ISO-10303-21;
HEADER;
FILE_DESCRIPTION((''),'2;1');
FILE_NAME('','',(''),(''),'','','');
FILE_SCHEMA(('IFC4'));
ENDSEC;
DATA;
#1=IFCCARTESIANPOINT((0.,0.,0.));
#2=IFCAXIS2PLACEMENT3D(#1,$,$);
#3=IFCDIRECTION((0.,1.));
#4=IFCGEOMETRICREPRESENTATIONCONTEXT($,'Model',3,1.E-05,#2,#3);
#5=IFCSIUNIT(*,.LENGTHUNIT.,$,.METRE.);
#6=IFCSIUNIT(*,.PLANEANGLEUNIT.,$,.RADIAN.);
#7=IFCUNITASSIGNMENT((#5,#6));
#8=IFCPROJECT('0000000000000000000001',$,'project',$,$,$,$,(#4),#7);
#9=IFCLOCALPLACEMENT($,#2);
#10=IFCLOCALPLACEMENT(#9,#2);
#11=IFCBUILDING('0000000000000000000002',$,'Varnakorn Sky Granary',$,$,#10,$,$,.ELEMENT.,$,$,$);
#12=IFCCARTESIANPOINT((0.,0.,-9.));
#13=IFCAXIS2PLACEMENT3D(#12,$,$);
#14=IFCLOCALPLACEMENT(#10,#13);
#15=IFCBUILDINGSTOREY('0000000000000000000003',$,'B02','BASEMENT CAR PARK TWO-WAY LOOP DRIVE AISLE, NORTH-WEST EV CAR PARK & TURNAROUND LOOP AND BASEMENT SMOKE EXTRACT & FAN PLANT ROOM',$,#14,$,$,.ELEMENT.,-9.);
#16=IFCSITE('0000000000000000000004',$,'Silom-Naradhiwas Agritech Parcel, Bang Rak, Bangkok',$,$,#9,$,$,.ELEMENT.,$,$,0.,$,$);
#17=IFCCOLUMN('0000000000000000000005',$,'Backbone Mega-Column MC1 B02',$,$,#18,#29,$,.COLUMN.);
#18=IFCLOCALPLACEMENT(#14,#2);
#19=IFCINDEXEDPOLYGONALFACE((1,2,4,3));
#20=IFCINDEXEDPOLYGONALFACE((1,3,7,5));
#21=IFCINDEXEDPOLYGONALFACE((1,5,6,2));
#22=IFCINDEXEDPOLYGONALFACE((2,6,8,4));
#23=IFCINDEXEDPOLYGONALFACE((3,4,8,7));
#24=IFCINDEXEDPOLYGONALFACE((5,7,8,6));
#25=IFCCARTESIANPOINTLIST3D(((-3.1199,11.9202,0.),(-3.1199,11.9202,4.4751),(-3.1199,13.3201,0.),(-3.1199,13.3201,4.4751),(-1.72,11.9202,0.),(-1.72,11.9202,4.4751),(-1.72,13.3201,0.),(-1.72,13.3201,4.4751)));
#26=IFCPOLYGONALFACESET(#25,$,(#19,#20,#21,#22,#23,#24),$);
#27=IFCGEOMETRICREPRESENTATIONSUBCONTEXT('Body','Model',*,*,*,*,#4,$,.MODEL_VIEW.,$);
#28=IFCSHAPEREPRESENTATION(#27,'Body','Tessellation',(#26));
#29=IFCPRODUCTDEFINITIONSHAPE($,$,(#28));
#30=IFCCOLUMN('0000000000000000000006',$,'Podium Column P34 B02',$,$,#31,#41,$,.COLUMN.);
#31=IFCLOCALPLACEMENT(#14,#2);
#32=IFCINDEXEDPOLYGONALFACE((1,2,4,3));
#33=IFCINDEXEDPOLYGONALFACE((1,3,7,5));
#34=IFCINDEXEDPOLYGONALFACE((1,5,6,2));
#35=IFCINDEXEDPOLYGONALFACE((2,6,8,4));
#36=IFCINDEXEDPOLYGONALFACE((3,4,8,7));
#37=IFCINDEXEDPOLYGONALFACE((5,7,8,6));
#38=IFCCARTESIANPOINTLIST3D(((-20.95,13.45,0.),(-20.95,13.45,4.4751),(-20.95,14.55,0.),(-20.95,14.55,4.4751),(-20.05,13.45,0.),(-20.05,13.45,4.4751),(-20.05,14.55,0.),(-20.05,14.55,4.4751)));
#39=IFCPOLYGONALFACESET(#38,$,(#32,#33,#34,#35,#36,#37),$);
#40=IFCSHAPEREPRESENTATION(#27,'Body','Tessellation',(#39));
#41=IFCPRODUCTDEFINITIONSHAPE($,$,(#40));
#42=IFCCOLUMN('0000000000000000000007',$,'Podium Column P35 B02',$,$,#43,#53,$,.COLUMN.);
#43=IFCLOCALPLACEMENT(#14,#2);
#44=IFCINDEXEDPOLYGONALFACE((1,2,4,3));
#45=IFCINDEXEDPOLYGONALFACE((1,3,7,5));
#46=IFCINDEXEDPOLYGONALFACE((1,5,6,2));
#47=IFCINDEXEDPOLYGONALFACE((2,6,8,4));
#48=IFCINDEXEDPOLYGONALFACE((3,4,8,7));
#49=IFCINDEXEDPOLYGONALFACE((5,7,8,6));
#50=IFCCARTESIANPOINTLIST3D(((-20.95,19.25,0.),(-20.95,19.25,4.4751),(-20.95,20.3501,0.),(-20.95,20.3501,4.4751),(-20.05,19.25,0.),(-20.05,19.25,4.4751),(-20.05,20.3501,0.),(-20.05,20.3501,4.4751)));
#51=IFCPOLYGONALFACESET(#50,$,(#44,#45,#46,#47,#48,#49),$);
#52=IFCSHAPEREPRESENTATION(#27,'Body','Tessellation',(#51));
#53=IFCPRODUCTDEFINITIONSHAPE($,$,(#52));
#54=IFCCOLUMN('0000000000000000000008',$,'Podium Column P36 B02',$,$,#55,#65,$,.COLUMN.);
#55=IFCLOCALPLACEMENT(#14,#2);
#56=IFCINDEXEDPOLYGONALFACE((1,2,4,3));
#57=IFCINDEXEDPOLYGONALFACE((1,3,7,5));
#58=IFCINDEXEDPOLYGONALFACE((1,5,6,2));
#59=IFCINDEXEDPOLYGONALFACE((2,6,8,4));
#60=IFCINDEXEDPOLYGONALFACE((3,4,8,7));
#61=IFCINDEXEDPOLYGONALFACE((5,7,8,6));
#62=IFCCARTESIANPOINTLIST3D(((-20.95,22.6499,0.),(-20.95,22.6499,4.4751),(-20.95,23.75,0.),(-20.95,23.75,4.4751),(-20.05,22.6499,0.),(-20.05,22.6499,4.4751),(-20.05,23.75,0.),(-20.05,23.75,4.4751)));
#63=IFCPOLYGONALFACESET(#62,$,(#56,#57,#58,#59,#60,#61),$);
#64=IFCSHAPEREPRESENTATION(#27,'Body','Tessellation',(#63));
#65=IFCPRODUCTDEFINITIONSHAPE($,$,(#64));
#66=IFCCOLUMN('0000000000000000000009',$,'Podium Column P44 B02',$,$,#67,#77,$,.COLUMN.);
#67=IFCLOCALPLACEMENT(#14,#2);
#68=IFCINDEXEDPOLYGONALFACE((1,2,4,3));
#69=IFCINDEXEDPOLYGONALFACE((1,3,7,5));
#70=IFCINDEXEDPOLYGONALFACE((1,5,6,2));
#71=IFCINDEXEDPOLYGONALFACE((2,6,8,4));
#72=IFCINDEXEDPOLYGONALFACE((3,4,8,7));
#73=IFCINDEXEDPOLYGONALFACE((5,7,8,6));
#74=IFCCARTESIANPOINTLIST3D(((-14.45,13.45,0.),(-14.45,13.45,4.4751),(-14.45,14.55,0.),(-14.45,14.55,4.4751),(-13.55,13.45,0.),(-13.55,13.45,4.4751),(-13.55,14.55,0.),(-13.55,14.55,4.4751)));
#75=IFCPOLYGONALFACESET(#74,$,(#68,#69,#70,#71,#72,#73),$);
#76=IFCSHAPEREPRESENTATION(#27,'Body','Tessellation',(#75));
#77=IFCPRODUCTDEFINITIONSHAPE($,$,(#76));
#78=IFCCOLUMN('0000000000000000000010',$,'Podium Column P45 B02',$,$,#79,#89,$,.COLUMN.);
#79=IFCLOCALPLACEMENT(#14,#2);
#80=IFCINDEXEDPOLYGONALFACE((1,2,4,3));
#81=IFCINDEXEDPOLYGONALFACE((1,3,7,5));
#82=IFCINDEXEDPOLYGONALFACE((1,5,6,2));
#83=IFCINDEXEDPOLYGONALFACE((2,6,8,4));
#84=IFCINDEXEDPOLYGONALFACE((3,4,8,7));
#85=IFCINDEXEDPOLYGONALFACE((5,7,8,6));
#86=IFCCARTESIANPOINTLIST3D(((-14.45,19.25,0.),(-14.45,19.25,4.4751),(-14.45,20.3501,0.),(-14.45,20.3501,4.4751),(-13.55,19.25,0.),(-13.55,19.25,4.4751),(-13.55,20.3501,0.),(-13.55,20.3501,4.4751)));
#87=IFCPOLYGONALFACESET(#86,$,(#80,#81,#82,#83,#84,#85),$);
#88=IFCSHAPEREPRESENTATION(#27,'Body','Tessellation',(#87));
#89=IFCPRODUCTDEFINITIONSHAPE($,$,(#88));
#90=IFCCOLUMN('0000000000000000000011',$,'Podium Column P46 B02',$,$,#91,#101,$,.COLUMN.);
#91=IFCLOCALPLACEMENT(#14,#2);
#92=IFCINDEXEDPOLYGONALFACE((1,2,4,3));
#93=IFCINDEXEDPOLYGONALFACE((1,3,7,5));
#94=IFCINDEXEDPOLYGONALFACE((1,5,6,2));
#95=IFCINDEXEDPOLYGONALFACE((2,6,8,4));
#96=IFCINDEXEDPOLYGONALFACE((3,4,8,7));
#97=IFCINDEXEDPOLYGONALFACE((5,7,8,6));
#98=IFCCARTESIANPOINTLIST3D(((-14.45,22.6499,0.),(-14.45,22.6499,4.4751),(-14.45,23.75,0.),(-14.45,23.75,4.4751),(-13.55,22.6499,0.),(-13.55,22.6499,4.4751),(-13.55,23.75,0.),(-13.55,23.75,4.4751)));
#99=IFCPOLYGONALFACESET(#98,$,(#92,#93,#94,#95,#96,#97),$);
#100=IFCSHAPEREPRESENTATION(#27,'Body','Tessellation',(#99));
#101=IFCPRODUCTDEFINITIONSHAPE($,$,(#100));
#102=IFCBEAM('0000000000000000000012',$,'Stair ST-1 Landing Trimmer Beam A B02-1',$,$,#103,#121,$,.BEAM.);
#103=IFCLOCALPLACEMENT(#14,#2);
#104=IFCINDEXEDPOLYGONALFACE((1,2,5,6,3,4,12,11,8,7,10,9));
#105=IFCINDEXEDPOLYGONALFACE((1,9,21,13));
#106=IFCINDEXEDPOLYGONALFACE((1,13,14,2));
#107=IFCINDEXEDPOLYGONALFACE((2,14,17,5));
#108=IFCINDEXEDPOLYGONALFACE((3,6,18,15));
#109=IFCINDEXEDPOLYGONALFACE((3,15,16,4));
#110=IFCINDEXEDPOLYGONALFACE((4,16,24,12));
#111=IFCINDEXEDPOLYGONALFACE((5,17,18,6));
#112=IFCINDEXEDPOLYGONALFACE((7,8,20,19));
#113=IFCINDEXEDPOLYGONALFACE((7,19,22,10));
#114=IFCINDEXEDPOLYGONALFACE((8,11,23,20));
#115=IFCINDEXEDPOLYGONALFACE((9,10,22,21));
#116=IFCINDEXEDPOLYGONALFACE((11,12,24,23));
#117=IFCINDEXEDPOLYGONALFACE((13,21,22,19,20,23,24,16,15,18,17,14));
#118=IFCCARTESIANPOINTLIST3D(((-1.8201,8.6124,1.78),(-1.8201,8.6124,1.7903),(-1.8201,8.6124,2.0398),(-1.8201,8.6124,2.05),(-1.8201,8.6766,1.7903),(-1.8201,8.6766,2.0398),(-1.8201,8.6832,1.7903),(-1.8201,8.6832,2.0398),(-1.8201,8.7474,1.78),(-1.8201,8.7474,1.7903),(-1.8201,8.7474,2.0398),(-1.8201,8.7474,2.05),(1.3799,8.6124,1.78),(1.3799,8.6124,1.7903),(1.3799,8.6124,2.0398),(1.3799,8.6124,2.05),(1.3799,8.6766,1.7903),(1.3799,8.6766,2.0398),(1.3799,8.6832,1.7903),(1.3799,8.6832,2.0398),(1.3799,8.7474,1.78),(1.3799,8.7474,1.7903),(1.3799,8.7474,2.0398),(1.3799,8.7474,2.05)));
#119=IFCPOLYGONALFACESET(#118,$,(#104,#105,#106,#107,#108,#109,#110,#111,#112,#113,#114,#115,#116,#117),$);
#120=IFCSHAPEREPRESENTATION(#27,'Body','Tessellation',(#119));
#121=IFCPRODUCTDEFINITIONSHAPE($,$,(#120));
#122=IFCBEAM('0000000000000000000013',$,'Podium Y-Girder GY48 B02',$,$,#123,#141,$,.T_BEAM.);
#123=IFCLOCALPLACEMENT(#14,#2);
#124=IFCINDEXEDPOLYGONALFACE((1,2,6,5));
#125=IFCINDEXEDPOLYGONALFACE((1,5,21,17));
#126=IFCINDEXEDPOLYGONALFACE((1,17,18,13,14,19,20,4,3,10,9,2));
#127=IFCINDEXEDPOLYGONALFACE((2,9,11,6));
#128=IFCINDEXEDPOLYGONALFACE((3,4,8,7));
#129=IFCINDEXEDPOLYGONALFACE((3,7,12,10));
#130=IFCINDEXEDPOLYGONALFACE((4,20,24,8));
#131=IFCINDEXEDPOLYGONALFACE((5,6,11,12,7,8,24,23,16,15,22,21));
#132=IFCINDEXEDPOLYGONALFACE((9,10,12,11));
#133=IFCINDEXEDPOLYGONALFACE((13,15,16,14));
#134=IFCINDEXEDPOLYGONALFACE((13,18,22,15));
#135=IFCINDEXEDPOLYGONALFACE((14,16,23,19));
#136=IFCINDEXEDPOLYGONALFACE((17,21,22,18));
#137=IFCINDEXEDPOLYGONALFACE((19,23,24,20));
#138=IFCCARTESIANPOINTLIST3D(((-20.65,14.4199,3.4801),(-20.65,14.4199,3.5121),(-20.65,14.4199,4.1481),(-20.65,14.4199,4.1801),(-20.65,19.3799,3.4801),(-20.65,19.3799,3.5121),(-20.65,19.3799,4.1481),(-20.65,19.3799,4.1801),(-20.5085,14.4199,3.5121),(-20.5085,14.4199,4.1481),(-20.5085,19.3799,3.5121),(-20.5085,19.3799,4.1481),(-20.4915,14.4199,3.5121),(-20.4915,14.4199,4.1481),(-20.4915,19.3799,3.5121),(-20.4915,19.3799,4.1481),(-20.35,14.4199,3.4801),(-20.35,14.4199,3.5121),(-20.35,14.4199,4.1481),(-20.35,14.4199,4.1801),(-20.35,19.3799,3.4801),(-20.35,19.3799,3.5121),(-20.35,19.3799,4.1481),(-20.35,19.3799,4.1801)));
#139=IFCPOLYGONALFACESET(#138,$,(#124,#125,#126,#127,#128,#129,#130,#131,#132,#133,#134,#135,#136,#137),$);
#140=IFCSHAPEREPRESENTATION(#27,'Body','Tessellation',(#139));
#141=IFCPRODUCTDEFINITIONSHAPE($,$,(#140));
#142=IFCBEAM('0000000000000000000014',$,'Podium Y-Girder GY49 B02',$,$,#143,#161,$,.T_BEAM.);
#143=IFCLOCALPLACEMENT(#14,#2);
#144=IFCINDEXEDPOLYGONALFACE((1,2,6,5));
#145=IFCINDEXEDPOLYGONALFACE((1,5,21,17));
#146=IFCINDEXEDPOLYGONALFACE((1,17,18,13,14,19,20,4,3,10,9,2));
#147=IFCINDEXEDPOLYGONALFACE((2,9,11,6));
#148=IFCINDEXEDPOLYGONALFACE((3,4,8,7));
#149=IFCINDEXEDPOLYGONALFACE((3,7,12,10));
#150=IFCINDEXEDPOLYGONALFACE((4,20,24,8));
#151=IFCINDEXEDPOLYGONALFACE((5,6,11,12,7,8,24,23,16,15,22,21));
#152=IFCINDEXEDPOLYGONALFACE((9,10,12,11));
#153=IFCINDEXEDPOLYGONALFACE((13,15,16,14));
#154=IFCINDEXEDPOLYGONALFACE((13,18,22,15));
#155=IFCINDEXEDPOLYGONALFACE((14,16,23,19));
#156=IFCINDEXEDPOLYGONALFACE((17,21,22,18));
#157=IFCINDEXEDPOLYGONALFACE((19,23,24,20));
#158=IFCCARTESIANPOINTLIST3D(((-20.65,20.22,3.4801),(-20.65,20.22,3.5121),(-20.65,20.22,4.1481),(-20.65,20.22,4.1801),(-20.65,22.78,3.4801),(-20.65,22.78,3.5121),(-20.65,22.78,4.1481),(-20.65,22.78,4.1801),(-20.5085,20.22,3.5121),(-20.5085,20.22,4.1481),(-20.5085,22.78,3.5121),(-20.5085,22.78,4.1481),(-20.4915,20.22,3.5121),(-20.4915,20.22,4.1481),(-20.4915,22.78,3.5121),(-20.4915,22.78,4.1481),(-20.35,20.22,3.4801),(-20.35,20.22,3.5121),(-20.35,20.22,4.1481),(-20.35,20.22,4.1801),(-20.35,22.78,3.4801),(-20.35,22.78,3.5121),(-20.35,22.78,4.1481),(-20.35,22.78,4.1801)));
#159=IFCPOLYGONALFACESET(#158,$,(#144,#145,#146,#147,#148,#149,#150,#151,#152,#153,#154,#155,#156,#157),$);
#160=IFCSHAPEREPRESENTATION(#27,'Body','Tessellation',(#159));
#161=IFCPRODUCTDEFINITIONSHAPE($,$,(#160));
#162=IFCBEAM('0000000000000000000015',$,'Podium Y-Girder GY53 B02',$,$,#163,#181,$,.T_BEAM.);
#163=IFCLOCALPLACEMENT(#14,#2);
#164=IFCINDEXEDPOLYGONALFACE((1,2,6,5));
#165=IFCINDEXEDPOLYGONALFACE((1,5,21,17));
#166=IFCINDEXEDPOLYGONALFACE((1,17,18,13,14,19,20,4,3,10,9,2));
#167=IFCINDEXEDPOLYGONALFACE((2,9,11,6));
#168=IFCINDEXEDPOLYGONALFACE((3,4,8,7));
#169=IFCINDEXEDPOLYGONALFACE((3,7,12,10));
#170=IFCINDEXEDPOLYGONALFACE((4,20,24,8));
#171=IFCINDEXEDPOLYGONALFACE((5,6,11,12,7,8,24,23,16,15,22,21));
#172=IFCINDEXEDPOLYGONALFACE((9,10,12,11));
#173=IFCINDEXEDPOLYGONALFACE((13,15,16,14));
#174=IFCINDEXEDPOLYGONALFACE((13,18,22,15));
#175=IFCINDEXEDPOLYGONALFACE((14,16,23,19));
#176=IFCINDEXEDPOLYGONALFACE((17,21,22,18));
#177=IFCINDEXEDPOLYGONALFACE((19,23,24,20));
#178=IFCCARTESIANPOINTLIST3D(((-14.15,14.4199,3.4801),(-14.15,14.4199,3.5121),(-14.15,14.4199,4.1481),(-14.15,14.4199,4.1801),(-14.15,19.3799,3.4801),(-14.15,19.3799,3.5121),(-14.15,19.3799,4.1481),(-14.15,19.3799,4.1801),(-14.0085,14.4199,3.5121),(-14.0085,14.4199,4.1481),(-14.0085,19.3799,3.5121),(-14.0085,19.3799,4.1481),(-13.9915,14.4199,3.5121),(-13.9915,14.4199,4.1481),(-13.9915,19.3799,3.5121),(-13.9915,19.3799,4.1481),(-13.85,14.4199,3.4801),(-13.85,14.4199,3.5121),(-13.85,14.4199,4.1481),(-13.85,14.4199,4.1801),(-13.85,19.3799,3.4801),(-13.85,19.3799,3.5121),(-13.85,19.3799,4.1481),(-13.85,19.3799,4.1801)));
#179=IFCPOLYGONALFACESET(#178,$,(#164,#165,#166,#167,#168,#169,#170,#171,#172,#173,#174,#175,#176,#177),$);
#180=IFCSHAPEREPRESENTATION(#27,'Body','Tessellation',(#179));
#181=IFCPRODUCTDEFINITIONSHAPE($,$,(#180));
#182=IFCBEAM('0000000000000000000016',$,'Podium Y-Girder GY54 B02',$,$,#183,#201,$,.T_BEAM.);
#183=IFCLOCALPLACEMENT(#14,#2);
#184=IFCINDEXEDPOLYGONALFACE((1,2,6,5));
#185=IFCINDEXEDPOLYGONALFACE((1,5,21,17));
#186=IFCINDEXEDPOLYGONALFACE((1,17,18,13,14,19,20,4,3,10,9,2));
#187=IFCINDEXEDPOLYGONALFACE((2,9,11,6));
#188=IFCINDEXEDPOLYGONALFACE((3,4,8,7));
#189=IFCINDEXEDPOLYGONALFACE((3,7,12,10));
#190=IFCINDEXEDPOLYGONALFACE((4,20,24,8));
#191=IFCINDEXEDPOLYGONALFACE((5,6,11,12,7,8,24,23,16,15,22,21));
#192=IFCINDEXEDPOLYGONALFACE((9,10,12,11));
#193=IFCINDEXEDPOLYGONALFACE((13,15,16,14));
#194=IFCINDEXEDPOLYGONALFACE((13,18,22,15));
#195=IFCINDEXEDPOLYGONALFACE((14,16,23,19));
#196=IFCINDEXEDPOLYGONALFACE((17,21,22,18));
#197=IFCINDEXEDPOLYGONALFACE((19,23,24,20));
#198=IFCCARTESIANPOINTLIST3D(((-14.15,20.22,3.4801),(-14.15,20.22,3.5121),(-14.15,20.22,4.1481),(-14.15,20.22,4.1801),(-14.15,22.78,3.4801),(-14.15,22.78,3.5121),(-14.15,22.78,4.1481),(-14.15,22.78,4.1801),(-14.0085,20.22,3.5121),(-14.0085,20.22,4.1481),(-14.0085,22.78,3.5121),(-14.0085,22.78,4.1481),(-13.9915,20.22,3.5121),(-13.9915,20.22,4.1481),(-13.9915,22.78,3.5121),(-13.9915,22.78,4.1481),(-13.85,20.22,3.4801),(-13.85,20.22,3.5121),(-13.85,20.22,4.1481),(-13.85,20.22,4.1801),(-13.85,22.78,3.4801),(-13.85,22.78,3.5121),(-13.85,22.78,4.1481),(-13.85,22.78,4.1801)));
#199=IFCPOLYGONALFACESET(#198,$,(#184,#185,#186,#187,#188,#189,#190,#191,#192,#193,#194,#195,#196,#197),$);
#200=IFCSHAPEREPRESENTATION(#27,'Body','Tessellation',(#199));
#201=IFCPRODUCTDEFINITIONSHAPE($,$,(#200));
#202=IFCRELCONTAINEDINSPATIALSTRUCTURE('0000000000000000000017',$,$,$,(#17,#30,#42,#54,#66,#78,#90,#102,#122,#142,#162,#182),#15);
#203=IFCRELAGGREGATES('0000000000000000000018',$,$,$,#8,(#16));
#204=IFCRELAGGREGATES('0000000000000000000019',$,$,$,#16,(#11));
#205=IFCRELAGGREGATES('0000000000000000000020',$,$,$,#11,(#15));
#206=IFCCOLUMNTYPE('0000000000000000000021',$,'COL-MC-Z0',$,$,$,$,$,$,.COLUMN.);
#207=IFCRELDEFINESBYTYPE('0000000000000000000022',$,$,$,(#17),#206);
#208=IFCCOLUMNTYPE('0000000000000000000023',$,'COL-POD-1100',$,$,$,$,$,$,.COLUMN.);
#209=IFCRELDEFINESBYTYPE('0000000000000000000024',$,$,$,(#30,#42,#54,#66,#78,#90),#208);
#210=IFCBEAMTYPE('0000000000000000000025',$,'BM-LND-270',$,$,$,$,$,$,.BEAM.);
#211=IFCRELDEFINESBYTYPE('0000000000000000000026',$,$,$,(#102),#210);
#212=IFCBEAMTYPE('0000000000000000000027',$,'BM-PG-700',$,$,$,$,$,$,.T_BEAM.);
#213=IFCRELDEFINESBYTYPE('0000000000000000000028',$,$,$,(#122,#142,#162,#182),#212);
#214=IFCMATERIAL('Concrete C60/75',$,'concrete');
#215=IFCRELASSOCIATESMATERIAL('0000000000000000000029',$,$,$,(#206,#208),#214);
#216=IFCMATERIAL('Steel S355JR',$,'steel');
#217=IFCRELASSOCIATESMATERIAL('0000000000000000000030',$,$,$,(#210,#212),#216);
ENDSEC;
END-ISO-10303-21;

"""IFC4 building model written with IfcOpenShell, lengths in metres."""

from ifc_helpers import new_model, si_unit, direction, frame, origin, origin_2d, place, context, subcontext, project, spatial, rectangle, i_section, extrude, material, material_profile, profile_set, type_object, element, save


model = new_model("IFC4")

# Units and contexts
model_context = context("Model", 3, precision=1e-05, world=origin(), true_north=direction((0.0, 1.0)))
body_context = subcontext(model_context, "Body", "Model", "MODEL_VIEW")
ifc_project = project(units=[si_unit("LENGTHUNIT", "METRE"), si_unit("PLANEANGLEUNIT", "RADIAN")], contexts=[model_context])

# Site, building, storey
site_placement = place(None, origin())
site = spatial("IfcSite", under=ifc_project, at=site_placement, Name="Silom-Naradhiwas Agritech Parcel, Bang Rak, Bangkok", CompositionType="ELEMENT", RefElevation=0.0)
building_placement = place(site_placement, origin())
building = spatial("IfcBuilding", under=site, at=building_placement, Name="Varnakorn Sky Granary", CompositionType="ELEMENT")
storey_placement = place(building_placement, frame((0.0, 0.0, -9.0)))
storey = spatial("IfcBuildingStorey", under=building, at=storey_placement, Name="B02", Description="BASEMENT CAR PARK TWO-WAY LOOP DRIVE AISLE, NORTH-WEST EV CAR PARK & TURNAROUND LOOP AND BASEMENT SMOKE EXTRACT & FAN PLANT ROOM", CompositionType="ELEMENT", Elevation=-9.0)

# Columns
ifc_material_1 = material(Name="Concrete C60/75", Category="concrete")
ifc_material_profile_1 = material_profile(ifc_material_1, rectangle(XDim=1.3999, YDim=1.3999, at=origin_2d()), Name="RC 1400x1400")
ifc_profile_set_1 = profile_set([ifc_material_profile_1], Name="Concrete C60/75")
column_type_1 = type_object("IfcColumnType", Name="COL-MC-Z0", PredefinedType="COLUMN", material=ifc_profile_set_1)
column_placement = place(storey_placement, frame((-2.4199, 12.6201, 0.0), z_axis=(0.0, 0.0, 1.0), x_axis=(1.0, 0.0, 0.0)))
element("IfcColumn", 1, at=column_placement, inside=storey, type_object=column_type_1, Name="Backbone Mega-Column MC1 B02", PredefinedType="COLUMN", context=body_context, shape_type="SweptSolid", body=[
    extrude(rectangle(XDim=1.3999, YDim=1.3999, at=origin_2d()), origin(), (0.0, 0.0, 1.0), 4.4751),
])
ifc_material_profile_2 = material_profile(ifc_material_1, rectangle(XDim=0.8999, YDim=1.1001, at=origin_2d()), Name="RC 900x1100")
ifc_profile_set_2 = profile_set([ifc_material_profile_2], Name="Concrete C60/75")
column_type_2 = type_object("IfcColumnType", Name="COL-POD-1100", PredefinedType="COLUMN", material=ifc_profile_set_2)
for number, where, z_axis, x_axis, name in (
    (2, (-20.5, 14.0, 0.0), (0.0, 0.0, 1.0), (1.0, 0.0, 0.0), "Podium Column P34 B02"),
    (3, (-20.5, 19.8, 0.0), (0.0, 0.0, 1.0), (1.0, 0.0, 0.0), "Podium Column P35 B02"),
    (4, (-20.5, 23.2, 0.0), (0.0, 0.0, 1.0), (1.0, 0.0, 0.0), "Podium Column P36 B02"),
    (5, (-14.0, 14.0, 0.0), (0.0, 0.0, 1.0), (1.0, 0.0, 0.0), "Podium Column P44 B02"),
    (6, (-14.0, 19.8, 0.0), (0.0, 0.0, 1.0), (1.0, 0.0, 0.0), "Podium Column P45 B02"),
    (7, (-14.0, 23.2, 0.0), (0.0, 0.0, 1.0), (1.0, 0.0, 0.0), "Podium Column P46 B02"),
):
    element("IfcColumn", number, at=place(storey_placement, frame(where, z_axis=z_axis, x_axis=x_axis)), inside=storey, type_object=column_type_2, Name=name, PredefinedType="COLUMN", context=body_context, shape_type="SweptSolid", body=[
        extrude(rectangle(XDim=0.8999, YDim=1.1001, at=origin_2d()), origin(), (0.0, 0.0, 1.0), 4.4751),
    ])

# Beams
ifc_material_2 = material(Name="Steel S355JR", Category="steel")
ifc_material_profile_3 = material_profile(ifc_material_2, i_section(OverallWidth=0.135, OverallDepth=0.27, WebThickness=0.0066, FlangeThickness=0.0103, at=origin_2d()), Name="IPE 270")
ifc_profile_set_3 = profile_set([ifc_material_profile_3], Name="Steel S355JR")
beam_type_1 = type_object("IfcBeamType", Name="BM-LND-270", PredefinedType="BEAM", material=ifc_profile_set_3)
beam_1_placement = place(storey_placement, frame((-1.8201, 8.6799, 1.915), z_axis=(1.0, 0.0, 0.0), x_axis=(0.0, 1.0, 0.0)))
element("IfcBeam", 8, at=beam_1_placement, inside=storey, type_object=beam_type_1, Name="Stair ST-1 Landing Trimmer Beam A B02-1", PredefinedType="BEAM", context=body_context, shape_type="SweptSolid", body=[
    extrude(i_section(OverallWidth=0.135, OverallDepth=0.27, WebThickness=0.0066, FlangeThickness=0.0103, at=origin_2d()), origin(), (0.0, 0.0, 1.0), 3.2),
])
ifc_material_profile_4 = material_profile(ifc_material_2, i_section(OverallWidth=0.3, OverallDepth=0.7, WebThickness=0.0171, FlangeThickness=0.032, at=origin_2d()), Name="HE 700 B")
ifc_profile_set_4 = profile_set([ifc_material_profile_4], Name="Steel S355JR")
beam_type_2 = type_object("IfcBeamType", Name="BM-PG-700", PredefinedType="T_BEAM", material=ifc_profile_set_4)
beam_2_placement = place(storey_placement, frame((-20.5, 14.4199, 3.8301), z_axis=(0.0, 1.0, 0.0), x_axis=(-1.0, 0.0, 0.0)))
element("IfcBeam", 9, at=beam_2_placement, inside=storey, type_object=beam_type_2, Name="Podium Y-Girder GY48 B02", PredefinedType="T_BEAM", context=body_context, shape_type="SweptSolid", body=[
    extrude(i_section(OverallWidth=0.3, OverallDepth=0.7, WebThickness=0.0171, FlangeThickness=0.032, at=origin_2d()), origin(), (0.0, 0.0, 1.0), 4.96),
])
beam_3_placement = place(storey_placement, frame((-20.5, 20.22, 3.8301), z_axis=(0.0, 1.0, 0.0), x_axis=(-1.0, 0.0, 0.0)))
element("IfcBeam", 10, at=beam_3_placement, inside=storey, type_object=beam_type_2, Name="Podium Y-Girder GY49 B02", PredefinedType="T_BEAM", context=body_context, shape_type="SweptSolid", body=[
    extrude(i_section(OverallWidth=0.3, OverallDepth=0.7, WebThickness=0.0171, FlangeThickness=0.032, at=origin_2d()), origin(), (0.0, 0.0, 1.0), 2.5601),
])
beam_4_placement = place(storey_placement, frame((-14.0, 14.4199, 3.8301), z_axis=(0.0, 1.0, 0.0), x_axis=(-1.0, 0.0, 0.0)))
element("IfcBeam", 11, at=beam_4_placement, inside=storey, type_object=beam_type_2, Name="Podium Y-Girder GY53 B02", PredefinedType="T_BEAM", context=body_context, shape_type="SweptSolid", body=[
    extrude(i_section(OverallWidth=0.3, OverallDepth=0.7, WebThickness=0.0171, FlangeThickness=0.032, at=origin_2d()), origin(), (0.0, 0.0, 1.0), 4.96),
])
beam_5_placement = place(storey_placement, frame((-14.0, 20.22, 3.8301), z_axis=(0.0, 1.0, 0.0), x_axis=(-1.0, 0.0, 0.0)))
element("IfcBeam", 12, at=beam_5_placement, inside=storey, type_object=beam_type_2, Name="Podium Y-Girder GY54 B02", PredefinedType="T_BEAM", context=body_context, shape_type="SweptSolid", body=[
    extrude(i_section(OverallWidth=0.3, OverallDepth=0.7, WebThickness=0.0171, FlangeThickness=0.032, at=origin_2d()), origin(), (0.0, 0.0, 1.0), 2.5601),
])

save(model, "model.ifc")
